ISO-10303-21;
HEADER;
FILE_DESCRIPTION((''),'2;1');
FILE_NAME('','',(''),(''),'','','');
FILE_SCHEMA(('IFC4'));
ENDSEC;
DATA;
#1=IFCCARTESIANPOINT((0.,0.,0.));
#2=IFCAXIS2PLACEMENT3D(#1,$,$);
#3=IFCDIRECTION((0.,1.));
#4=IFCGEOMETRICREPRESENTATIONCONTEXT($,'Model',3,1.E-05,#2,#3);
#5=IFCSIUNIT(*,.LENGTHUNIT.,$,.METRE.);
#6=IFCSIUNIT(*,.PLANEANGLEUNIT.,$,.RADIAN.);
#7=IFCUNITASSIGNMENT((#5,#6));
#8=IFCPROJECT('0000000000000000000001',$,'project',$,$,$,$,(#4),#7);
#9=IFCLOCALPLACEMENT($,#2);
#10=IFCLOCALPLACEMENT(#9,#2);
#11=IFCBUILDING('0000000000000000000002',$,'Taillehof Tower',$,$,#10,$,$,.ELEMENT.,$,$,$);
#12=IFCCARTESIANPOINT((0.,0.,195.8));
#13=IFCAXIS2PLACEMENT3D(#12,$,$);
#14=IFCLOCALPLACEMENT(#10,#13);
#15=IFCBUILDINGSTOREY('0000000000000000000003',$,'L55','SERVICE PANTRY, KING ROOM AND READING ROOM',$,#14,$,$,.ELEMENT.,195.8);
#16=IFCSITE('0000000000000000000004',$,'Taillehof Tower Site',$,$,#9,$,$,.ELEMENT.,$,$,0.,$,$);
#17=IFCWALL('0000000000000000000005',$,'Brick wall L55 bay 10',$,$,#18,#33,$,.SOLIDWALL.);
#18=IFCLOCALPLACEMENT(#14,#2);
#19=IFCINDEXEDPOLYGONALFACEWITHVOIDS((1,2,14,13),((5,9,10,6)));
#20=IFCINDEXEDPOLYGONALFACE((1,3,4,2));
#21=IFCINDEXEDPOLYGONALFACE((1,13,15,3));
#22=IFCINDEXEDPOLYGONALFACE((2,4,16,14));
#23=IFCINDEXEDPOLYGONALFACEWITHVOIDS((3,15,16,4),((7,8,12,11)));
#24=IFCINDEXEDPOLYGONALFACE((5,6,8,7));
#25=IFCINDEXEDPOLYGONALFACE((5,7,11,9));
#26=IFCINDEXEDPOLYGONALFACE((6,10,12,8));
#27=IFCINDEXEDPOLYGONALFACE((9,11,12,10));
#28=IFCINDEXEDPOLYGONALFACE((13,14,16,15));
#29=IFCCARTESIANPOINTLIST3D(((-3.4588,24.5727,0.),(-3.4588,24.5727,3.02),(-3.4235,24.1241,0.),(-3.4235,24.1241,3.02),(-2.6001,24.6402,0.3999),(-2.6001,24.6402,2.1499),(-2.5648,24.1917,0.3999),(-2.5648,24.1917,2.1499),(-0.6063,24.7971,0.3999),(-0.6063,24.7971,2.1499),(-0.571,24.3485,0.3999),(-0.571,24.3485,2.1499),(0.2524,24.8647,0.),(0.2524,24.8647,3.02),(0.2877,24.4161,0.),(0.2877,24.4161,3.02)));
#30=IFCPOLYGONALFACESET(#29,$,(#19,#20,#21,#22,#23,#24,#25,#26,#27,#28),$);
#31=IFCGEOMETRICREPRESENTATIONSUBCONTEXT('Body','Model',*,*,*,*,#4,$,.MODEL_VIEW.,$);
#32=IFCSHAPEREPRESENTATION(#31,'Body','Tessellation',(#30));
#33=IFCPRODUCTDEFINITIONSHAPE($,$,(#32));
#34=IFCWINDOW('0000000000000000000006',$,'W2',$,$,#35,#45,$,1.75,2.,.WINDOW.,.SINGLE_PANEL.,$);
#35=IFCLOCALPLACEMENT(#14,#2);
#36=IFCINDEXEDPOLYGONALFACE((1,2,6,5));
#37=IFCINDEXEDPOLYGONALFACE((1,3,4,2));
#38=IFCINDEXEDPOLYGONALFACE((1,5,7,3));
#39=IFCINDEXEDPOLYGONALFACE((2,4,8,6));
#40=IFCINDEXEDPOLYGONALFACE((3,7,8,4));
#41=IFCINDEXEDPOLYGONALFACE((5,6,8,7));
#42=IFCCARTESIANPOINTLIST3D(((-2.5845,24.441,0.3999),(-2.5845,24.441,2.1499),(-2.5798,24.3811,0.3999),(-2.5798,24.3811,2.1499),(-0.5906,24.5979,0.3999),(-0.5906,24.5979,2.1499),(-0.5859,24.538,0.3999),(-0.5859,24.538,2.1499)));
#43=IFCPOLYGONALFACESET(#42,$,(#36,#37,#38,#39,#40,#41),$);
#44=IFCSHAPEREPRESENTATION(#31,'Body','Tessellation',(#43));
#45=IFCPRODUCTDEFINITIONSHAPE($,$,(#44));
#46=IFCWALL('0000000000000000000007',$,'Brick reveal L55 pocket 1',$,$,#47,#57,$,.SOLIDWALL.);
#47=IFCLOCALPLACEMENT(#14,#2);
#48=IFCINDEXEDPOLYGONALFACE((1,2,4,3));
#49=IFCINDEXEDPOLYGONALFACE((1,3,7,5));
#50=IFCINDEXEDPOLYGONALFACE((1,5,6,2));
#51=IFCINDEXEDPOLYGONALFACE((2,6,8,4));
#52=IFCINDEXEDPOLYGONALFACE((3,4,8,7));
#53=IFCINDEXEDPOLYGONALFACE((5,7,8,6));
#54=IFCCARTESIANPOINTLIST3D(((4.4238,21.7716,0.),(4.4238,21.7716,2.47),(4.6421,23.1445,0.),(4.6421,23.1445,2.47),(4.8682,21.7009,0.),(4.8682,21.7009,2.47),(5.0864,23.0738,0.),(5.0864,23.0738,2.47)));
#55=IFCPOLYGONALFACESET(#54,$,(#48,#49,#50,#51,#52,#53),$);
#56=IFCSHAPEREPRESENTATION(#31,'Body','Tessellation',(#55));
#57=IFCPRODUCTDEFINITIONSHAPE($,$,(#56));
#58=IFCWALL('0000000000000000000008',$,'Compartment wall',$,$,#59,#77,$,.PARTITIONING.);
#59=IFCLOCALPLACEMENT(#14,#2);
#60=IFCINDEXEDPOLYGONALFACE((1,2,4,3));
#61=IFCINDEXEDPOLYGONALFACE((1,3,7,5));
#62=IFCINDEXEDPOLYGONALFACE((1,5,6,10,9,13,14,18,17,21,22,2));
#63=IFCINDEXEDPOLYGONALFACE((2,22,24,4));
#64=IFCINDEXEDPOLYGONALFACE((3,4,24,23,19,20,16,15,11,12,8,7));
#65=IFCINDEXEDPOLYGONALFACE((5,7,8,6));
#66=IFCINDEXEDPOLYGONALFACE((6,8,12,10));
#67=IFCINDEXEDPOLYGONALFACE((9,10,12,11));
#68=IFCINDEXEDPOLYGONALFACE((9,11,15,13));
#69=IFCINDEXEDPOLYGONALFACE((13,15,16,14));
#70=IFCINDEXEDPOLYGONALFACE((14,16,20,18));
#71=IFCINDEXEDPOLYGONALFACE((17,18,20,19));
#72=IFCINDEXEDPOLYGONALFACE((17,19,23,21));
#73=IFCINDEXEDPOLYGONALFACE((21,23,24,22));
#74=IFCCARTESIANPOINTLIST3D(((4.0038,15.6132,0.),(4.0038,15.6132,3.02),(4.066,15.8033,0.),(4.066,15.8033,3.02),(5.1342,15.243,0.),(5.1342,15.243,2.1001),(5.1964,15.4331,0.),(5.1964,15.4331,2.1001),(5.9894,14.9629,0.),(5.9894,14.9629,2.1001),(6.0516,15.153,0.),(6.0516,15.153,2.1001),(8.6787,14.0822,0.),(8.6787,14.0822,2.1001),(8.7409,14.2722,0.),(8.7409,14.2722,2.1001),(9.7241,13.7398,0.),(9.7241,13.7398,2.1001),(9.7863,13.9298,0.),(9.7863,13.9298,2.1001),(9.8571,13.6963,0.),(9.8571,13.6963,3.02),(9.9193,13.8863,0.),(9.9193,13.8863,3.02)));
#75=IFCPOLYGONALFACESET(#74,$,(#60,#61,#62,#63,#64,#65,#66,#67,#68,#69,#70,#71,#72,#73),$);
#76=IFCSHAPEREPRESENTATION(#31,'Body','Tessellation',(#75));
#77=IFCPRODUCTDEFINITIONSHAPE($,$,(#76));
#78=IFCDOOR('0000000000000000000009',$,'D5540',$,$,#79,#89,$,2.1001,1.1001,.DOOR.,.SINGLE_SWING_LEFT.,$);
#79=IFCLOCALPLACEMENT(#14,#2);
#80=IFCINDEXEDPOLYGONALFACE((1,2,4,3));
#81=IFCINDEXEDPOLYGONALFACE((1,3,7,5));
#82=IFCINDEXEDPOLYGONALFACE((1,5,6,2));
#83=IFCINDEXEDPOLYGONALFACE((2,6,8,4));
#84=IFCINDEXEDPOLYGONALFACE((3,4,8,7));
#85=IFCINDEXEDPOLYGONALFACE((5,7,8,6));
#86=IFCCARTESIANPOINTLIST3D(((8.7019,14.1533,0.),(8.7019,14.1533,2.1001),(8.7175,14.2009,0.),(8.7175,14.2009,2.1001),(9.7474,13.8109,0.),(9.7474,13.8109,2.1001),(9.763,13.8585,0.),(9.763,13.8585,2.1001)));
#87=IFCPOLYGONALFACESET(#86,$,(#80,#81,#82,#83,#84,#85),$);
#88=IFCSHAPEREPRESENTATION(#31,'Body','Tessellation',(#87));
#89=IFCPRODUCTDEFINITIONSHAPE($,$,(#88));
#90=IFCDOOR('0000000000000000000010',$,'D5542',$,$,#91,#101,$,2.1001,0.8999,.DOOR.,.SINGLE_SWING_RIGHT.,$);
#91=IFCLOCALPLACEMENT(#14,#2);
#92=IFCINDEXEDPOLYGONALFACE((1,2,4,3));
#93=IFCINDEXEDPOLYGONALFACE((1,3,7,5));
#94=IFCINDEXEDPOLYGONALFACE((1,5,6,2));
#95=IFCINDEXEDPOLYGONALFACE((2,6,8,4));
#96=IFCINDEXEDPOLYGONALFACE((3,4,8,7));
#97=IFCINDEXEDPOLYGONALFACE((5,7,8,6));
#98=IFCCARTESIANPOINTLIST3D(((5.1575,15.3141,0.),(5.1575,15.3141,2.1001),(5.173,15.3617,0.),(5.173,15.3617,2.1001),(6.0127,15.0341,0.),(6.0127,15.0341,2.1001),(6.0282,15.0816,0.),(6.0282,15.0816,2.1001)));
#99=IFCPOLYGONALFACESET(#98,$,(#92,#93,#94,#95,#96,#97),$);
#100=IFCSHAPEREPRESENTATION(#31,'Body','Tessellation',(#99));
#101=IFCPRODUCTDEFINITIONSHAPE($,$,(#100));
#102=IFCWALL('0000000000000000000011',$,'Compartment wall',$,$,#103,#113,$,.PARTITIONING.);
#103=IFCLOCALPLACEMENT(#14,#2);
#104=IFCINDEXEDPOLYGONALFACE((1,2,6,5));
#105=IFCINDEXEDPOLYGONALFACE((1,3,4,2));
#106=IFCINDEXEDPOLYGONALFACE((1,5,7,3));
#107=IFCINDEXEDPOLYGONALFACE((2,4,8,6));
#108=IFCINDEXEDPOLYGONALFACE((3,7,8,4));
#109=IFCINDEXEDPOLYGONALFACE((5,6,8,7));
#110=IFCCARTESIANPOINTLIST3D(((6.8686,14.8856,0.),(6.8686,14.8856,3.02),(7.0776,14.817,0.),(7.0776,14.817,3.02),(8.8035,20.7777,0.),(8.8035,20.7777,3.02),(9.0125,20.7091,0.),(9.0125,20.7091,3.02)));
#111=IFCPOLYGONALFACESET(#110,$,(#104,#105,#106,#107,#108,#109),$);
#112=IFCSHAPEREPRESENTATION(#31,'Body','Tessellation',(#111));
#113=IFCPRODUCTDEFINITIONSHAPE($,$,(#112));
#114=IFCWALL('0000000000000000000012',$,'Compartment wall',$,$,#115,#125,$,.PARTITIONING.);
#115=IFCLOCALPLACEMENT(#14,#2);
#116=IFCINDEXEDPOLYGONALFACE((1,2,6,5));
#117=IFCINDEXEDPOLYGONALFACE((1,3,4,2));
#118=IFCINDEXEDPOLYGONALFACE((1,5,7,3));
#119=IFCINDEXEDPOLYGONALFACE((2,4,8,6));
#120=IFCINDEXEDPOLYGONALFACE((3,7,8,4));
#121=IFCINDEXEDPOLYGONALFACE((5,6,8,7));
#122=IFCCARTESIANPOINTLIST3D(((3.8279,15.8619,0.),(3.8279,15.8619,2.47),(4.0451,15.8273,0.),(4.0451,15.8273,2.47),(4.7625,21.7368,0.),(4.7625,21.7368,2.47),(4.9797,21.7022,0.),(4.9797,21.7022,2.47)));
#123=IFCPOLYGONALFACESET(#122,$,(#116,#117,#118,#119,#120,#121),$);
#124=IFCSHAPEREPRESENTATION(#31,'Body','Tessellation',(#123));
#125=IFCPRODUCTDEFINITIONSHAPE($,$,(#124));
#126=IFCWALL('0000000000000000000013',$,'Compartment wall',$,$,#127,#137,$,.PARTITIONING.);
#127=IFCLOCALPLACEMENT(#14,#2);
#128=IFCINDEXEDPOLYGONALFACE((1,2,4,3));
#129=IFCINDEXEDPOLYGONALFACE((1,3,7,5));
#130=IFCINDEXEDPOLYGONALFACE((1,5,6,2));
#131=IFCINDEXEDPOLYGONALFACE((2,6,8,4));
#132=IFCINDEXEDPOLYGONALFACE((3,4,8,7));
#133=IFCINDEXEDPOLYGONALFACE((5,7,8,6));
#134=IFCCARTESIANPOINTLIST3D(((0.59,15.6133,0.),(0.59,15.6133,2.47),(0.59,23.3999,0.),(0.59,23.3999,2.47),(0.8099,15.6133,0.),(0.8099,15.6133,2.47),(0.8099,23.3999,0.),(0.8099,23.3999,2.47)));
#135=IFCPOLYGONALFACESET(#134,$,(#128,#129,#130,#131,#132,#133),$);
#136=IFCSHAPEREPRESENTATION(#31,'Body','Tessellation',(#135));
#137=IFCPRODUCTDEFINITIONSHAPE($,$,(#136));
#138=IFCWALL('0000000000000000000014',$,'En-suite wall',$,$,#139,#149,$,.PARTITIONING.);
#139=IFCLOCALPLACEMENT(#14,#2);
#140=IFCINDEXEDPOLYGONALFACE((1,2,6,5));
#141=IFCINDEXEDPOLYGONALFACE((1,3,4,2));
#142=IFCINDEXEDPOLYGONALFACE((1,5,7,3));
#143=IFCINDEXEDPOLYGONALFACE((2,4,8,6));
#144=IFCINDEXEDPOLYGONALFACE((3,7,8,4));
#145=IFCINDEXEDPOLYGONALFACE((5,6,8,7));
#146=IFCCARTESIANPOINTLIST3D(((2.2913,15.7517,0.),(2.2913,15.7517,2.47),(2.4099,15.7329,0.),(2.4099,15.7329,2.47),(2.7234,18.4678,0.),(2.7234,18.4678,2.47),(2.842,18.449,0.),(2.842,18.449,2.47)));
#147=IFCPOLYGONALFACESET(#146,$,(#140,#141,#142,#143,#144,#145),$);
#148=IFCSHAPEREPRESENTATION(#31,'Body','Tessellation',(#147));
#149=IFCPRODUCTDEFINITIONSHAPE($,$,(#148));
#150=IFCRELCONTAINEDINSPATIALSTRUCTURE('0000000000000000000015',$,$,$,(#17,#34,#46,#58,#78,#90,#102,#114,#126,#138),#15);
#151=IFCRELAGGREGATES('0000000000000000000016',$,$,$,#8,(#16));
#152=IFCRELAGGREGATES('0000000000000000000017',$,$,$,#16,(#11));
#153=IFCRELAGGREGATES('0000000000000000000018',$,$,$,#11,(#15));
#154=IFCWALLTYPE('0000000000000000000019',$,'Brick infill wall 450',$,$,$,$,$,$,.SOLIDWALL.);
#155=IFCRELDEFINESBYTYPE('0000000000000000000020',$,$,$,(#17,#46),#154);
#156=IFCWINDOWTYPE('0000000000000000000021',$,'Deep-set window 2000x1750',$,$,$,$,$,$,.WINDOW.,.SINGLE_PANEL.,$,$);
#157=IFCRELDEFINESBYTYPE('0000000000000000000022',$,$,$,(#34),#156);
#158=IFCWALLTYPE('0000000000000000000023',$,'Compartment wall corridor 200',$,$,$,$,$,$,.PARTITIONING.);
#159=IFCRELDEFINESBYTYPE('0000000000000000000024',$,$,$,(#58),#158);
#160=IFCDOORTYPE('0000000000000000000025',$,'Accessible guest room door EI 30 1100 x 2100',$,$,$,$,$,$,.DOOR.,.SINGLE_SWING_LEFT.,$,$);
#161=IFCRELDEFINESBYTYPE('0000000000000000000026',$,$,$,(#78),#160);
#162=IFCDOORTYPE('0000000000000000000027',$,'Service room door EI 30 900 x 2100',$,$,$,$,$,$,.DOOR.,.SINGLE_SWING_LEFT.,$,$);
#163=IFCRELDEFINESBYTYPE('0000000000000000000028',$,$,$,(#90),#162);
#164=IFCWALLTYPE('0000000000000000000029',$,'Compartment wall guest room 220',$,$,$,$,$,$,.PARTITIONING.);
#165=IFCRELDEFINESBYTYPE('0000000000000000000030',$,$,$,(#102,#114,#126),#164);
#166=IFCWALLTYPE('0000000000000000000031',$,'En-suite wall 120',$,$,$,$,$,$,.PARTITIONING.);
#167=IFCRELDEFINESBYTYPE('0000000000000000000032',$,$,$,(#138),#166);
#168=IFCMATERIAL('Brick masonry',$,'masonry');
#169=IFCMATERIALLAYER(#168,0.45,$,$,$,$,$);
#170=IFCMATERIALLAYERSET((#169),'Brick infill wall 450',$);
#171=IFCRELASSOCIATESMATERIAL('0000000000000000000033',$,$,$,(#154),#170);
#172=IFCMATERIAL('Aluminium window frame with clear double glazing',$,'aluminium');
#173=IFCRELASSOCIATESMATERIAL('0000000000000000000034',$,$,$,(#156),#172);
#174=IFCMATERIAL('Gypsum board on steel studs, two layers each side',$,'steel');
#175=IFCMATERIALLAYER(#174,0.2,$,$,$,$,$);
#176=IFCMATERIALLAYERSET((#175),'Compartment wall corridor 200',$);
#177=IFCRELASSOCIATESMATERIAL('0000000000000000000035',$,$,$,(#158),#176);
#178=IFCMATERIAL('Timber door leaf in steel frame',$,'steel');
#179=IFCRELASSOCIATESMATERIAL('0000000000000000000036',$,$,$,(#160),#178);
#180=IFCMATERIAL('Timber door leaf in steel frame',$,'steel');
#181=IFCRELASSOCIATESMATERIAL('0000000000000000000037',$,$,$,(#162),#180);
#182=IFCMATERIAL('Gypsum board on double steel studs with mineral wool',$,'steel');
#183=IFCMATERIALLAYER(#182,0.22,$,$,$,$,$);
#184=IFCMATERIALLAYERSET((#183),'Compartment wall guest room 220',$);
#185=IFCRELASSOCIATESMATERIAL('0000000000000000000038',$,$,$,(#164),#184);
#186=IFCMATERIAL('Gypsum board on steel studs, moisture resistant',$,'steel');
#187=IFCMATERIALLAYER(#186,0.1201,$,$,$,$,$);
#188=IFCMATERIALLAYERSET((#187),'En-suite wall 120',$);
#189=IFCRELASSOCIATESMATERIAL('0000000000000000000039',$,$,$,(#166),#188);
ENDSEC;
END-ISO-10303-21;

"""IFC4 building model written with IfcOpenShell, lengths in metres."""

from ifc_helpers import new_model, si_unit, direction, frame, frame_2d, origin, place, context, subcontext, project, spatial, rectangle, extrude, material, layer, layer_set, type_object, element, fill, save


model = new_model("IFC4")

# Units and contexts
model_context = context("Model", 3, precision=1e-05, world=origin(), true_north=direction((0.0, 1.0)))
body_context = subcontext(model_context, "Body", "Model", "MODEL_VIEW")
ifc_project = project(units=[si_unit("LENGTHUNIT", "METRE"), si_unit("PLANEANGLEUNIT", "RADIAN")], contexts=[model_context])

# Site, building, storey
site_placement = place(None, origin())
site = spatial("IfcSite", under=ifc_project, at=site_placement, Name="Taillehof Tower Site", CompositionType="ELEMENT", RefElevation=0.0)
building_placement = place(site_placement, origin())
building = spatial("IfcBuilding", under=site, at=building_placement, Name="Taillehof Tower", CompositionType="ELEMENT")
storey_placement = place(building_placement, frame((0.0, 0.0, 195.8)))
storey = spatial("IfcBuildingStorey", under=building, at=storey_placement, Name="L55", Description="SERVICE PANTRY, KING ROOM AND READING ROOM", CompositionType="ELEMENT", Elevation=195.8)

# Wall, opening, window
ifc_material_1 = material(Name="Brick masonry", Category="masonry")
ifc_layer_1 = layer(ifc_material_1, 0.45)
ifc_layer_set_1 = layer_set([ifc_layer_1], Name="Brick infill wall 450")
wall_type_1 = type_object("IfcWallType", Name="Brick infill wall 450", PredefinedType="SOLIDWALL", material=ifc_layer_set_1)
ifc_material_2 = material(Name="Aluminium window frame with clear double glazing", Category="aluminium")
window_type_1 = type_object("IfcWindowType", Name="Deep-set window 2000x1750", PartitioningType="SINGLE_PANEL", PredefinedType="WINDOW", material=ifc_material_2)
wall_1_placement = place(storey_placement, frame((0.27, 24.6404, 0.0), z_axis=(0.0, 0.0, 1.0), x_axis=(-0.996919, -0.078437, 0.0)))
wall_1 = element("IfcWall", 1, at=wall_1_placement, inside=storey, type_object=wall_type_1, Name="Brick wall L55 bay 10", PredefinedType="SOLIDWALL", context=body_context, shape_type="SweptSolid", body=[
    extrude(rectangle(XDim=3.7227, YDim=0.45, at=frame_2d((1.8613, 0.0))), origin(), (0.0, 0.0, 1.0), 3.02),
])
opening_1_placement = place(wall_1_placement, frame((0.8613, 0.0, 0.3999)))
opening_1 = element("IfcOpeningElement", 2, at=opening_1_placement, cuts=wall_1, PredefinedType="OPENING", context=body_context, shape_type="SweptSolid", body=[
    extrude(rectangle(XDim=2.0, YDim=1.75, at=frame_2d((1.0, 0.875))), frame((0.0, 0.2349, 0.0), z_axis=(0.0, -1.0, 0.0), x_axis=(1.0, 0.0, 0.0)), (0.0, 0.0, 1.0), 0.47),
])
window_1_placement = place(opening_1_placement, origin())
window_1 = element("IfcWindow", 3, at=window_1_placement, inside=storey, type_object=window_type_1, Name="W2", OverallHeight=1.75, OverallWidth=2.0, PartitioningType="SINGLE_PANEL", PredefinedType="WINDOW", context=body_context, shape_type="SweptSolid", body=[
    extrude(rectangle(XDim=2.0, YDim=1.75, at=frame_2d((1.0, 0.875))), frame((0.0, 0.0349, 0.0), z_axis=(0.0, -1.0, 0.0), x_axis=(1.0, 0.0, 0.0)), (0.0, 0.0, 1.0), 0.0601),
])
fill(opening_1, window_1)

# Wall
wall_2_placement = place(storey_placement, frame((4.8643, 23.1091, 0.0), z_axis=(0.0, 0.0, 1.0), x_axis=(-0.157018, -0.987596, 0.0)))
element("IfcWall", 4, at=wall_2_placement, inside=storey, type_object=wall_type_1, Name="Brick reveal L55 pocket 1", PredefinedType="SOLIDWALL", context=body_context, shape_type="SweptSolid", body=[
    extrude(rectangle(XDim=1.3901, YDim=0.45, at=frame_2d((0.6951, 0.0))), origin(), (0.0, 0.0, 1.0), 2.47),
])

# Wall, openings, doors
ifc_material_3 = material(Name="Gypsum board on steel studs, two layers each side", Category="steel")
ifc_layer_2 = layer(ifc_material_3, 0.2)
ifc_layer_set_2 = layer_set([ifc_layer_2], Name="Compartment wall corridor 200")
wall_type_2 = type_object("IfcWallType", Name="Compartment wall corridor 200", PredefinedType="PARTITIONING", material=ifc_layer_set_2)
wall_3_placement = place(storey_placement, frame((4.0349, 15.7083, 0.0), z_axis=(0.0, 0.0, 1.0), x_axis=(0.950331, -0.311241, 0.0)))
wall_3 = element("IfcWall", 5, at=wall_3_placement, inside=storey, type_object=wall_type_2, Name="Compartment wall", PredefinedType="PARTITIONING", context=body_context, shape_type="SweptSolid", body=[
    extrude(rectangle(XDim=6.1592, YDim=0.2, at=frame_2d((3.0796, 0.0))), origin(), (0.0, 0.0, 1.0), 3.02),
])
opening_2_placement = place(wall_3_placement, frame((4.9192, 0.0, 0.0)))
opening_2 = element("IfcOpeningElement", 6, at=opening_2_placement, cuts=wall_3, PredefinedType="OPENING", context=body_context, shape_type="SweptSolid", body=[
    extrude(rectangle(XDim=1.1001, YDim=2.1001, at=frame_2d((0.55, 1.05))), frame((0.0, 0.1099, 0.0), z_axis=(0.0, -1.0, 0.0), x_axis=(1.0, 0.0, 0.0)), (0.0, 0.0, 1.0), 0.22),
])
opening_3_placement = place(wall_3_placement, frame((1.1895, 0.0, 0.0)))
opening_3 = element("IfcOpeningElement", 7, at=opening_3_placement, cuts=wall_3, PredefinedType="OPENING", context=body_context, shape_type="SweptSolid", body=[
    extrude(rectangle(XDim=0.8999, YDim=2.1001, at=frame_2d((0.45, 1.05))), frame((0.0, 0.1099, 0.0), z_axis=(0.0, -1.0, 0.0), x_axis=(1.0, 0.0, 0.0)), (0.0, 0.0, 1.0), 0.22),
])
ifc_material_4 = material(Name="Timber door leaf in steel frame", Category="steel")
door_type_1 = type_object("IfcDoorType", Name="Accessible guest room door EI 30 1100 x 2100", OperationType="SINGLE_SWING_LEFT", PredefinedType="DOOR", material=ifc_material_4)
door_1_placement = place(opening_2_placement, origin())
door_1 = element("IfcDoor", 8, at=door_1_placement, inside=storey, type_object=door_type_1, Name="D5540", OperationType="SINGLE_SWING_LEFT", OverallHeight=2.1001, OverallWidth=1.1001, PredefinedType="DOOR", context=body_context, shape_type="SweptSolid", body=[
    extrude(rectangle(XDim=1.1001, YDim=2.1001, at=frame_2d((0.55, 1.05))), frame((0.0, 0.0249, 0.0), z_axis=(0.0, -1.0, 0.0), x_axis=(1.0, 0.0, 0.0)), (0.0, 0.0, 1.0), 0.05),
])
fill(opening_2, door_1)
ifc_material_5 = material(Name="Timber door leaf in steel frame", Category="steel")
door_type_2 = type_object("IfcDoorType", Name="Service room door EI 30 900 x 2100", OperationType="SINGLE_SWING_LEFT", PredefinedType="DOOR", material=ifc_material_5)
door_2_placement = place(opening_3_placement, origin())
door_2 = element("IfcDoor", 9, at=door_2_placement, inside=storey, type_object=door_type_2, Name="D5542", OperationType="SINGLE_SWING_RIGHT", OverallHeight=2.1001, OverallWidth=0.8999, PredefinedType="DOOR", context=body_context, shape_type="SweptSolid", body=[
    extrude(rectangle(XDim=0.8999, YDim=2.1001, at=frame_2d((0.45, 1.05))), frame((0.0, 0.0249, 0.0), z_axis=(0.0, -1.0, 0.0), x_axis=(1.0, 0.0, 0.0)), (0.0, 0.0, 1.0), 0.05),
])
fill(opening_3, door_2)

# Walls
ifc_material_6 = material(Name="Gypsum board on double steel studs with mineral wool", Category="steel")
ifc_layer_3 = layer(ifc_material_6, 0.22)
ifc_layer_set_3 = layer_set([ifc_layer_3], Name="Compartment wall guest room 220")
wall_type_3 = type_object("IfcWallType", Name="Compartment wall guest room 220", PredefinedType="PARTITIONING", material=ifc_layer_set_3)
wall_4_placement = place(storey_placement, frame((8.908, 20.7434, 0.0), z_axis=(0.0, 0.0, 1.0), x_axis=(-0.311985, -0.950087, 0.0)))
element("IfcWall", 10, at=wall_4_placement, inside=storey, type_object=wall_type_3, Name="Compartment wall", PredefinedType="PARTITIONING", context=body_context, shape_type="SweptSolid", body=[
    extrude(rectangle(XDim=6.2017, YDim=0.22, at=frame_2d((3.1008, 0.0))), origin(), (0.0, 0.0, 1.0), 3.02),
])
wall_5_placement = place(storey_placement, frame((4.8711, 21.7195, 0.0), z_axis=(0.0, 0.0, 1.0), x_axis=(-0.157107, -0.987582, 0.0)))
element("IfcWall", 11, at=wall_5_placement, inside=storey, type_object=wall_type_3, Name="Compartment wall", PredefinedType="PARTITIONING", context=body_context, shape_type="SweptSolid", body=[
    extrude(rectangle(XDim=5.9487, YDim=0.22, at=frame_2d((2.9744, 0.0))), origin(), (0.0, 0.0, 1.0), 2.47),
])
wall_6_placement = place(storey_placement, frame((0.7, 23.3999, 0.0), z_axis=(0.0, 0.0, 1.0), x_axis=(0.0, -1.0, 0.0)))
element("IfcWall", 12, at=wall_6_placement, inside=storey, type_object=wall_type_3, Name="Compartment wall", PredefinedType="PARTITIONING", context=body_context, shape_type="SweptSolid", body=[
    extrude(rectangle(XDim=7.7866, YDim=0.22, at=frame_2d((3.8933, 0.0))), origin(), (0.0, 0.0, 1.0), 2.47),
])
ifc_material_7 = material(Name="Gypsum board on steel studs, moisture resistant", Category="steel")
ifc_layer_4 = layer(ifc_material_7, 0.1201)
ifc_layer_set_4 = layer_set([ifc_layer_4], Name="En-suite wall 120")
wall_type_4 = type_object("IfcWallType", Name="En-suite wall 120", PredefinedType="PARTITIONING", material=ifc_layer_set_4)
wall_7_placement = place(storey_placement, frame((2.3506, 15.7424, 0.0), z_axis=(0.0, 0.0, 1.0), x_axis=(0.157125, 0.987579, 0.0)))
element("IfcWall", 13, at=wall_7_placement, inside=storey, type_object=wall_type_4, Name="En-suite wall", PredefinedType="PARTITIONING", context=body_context, shape_type="SweptSolid", body=[
    extrude(rectangle(XDim=2.7502, YDim=0.1201, at=frame_2d((1.375, 0.0))), origin(), (0.0, 0.0, 1.0), 2.47),
])

save(model, "model.ifc")
